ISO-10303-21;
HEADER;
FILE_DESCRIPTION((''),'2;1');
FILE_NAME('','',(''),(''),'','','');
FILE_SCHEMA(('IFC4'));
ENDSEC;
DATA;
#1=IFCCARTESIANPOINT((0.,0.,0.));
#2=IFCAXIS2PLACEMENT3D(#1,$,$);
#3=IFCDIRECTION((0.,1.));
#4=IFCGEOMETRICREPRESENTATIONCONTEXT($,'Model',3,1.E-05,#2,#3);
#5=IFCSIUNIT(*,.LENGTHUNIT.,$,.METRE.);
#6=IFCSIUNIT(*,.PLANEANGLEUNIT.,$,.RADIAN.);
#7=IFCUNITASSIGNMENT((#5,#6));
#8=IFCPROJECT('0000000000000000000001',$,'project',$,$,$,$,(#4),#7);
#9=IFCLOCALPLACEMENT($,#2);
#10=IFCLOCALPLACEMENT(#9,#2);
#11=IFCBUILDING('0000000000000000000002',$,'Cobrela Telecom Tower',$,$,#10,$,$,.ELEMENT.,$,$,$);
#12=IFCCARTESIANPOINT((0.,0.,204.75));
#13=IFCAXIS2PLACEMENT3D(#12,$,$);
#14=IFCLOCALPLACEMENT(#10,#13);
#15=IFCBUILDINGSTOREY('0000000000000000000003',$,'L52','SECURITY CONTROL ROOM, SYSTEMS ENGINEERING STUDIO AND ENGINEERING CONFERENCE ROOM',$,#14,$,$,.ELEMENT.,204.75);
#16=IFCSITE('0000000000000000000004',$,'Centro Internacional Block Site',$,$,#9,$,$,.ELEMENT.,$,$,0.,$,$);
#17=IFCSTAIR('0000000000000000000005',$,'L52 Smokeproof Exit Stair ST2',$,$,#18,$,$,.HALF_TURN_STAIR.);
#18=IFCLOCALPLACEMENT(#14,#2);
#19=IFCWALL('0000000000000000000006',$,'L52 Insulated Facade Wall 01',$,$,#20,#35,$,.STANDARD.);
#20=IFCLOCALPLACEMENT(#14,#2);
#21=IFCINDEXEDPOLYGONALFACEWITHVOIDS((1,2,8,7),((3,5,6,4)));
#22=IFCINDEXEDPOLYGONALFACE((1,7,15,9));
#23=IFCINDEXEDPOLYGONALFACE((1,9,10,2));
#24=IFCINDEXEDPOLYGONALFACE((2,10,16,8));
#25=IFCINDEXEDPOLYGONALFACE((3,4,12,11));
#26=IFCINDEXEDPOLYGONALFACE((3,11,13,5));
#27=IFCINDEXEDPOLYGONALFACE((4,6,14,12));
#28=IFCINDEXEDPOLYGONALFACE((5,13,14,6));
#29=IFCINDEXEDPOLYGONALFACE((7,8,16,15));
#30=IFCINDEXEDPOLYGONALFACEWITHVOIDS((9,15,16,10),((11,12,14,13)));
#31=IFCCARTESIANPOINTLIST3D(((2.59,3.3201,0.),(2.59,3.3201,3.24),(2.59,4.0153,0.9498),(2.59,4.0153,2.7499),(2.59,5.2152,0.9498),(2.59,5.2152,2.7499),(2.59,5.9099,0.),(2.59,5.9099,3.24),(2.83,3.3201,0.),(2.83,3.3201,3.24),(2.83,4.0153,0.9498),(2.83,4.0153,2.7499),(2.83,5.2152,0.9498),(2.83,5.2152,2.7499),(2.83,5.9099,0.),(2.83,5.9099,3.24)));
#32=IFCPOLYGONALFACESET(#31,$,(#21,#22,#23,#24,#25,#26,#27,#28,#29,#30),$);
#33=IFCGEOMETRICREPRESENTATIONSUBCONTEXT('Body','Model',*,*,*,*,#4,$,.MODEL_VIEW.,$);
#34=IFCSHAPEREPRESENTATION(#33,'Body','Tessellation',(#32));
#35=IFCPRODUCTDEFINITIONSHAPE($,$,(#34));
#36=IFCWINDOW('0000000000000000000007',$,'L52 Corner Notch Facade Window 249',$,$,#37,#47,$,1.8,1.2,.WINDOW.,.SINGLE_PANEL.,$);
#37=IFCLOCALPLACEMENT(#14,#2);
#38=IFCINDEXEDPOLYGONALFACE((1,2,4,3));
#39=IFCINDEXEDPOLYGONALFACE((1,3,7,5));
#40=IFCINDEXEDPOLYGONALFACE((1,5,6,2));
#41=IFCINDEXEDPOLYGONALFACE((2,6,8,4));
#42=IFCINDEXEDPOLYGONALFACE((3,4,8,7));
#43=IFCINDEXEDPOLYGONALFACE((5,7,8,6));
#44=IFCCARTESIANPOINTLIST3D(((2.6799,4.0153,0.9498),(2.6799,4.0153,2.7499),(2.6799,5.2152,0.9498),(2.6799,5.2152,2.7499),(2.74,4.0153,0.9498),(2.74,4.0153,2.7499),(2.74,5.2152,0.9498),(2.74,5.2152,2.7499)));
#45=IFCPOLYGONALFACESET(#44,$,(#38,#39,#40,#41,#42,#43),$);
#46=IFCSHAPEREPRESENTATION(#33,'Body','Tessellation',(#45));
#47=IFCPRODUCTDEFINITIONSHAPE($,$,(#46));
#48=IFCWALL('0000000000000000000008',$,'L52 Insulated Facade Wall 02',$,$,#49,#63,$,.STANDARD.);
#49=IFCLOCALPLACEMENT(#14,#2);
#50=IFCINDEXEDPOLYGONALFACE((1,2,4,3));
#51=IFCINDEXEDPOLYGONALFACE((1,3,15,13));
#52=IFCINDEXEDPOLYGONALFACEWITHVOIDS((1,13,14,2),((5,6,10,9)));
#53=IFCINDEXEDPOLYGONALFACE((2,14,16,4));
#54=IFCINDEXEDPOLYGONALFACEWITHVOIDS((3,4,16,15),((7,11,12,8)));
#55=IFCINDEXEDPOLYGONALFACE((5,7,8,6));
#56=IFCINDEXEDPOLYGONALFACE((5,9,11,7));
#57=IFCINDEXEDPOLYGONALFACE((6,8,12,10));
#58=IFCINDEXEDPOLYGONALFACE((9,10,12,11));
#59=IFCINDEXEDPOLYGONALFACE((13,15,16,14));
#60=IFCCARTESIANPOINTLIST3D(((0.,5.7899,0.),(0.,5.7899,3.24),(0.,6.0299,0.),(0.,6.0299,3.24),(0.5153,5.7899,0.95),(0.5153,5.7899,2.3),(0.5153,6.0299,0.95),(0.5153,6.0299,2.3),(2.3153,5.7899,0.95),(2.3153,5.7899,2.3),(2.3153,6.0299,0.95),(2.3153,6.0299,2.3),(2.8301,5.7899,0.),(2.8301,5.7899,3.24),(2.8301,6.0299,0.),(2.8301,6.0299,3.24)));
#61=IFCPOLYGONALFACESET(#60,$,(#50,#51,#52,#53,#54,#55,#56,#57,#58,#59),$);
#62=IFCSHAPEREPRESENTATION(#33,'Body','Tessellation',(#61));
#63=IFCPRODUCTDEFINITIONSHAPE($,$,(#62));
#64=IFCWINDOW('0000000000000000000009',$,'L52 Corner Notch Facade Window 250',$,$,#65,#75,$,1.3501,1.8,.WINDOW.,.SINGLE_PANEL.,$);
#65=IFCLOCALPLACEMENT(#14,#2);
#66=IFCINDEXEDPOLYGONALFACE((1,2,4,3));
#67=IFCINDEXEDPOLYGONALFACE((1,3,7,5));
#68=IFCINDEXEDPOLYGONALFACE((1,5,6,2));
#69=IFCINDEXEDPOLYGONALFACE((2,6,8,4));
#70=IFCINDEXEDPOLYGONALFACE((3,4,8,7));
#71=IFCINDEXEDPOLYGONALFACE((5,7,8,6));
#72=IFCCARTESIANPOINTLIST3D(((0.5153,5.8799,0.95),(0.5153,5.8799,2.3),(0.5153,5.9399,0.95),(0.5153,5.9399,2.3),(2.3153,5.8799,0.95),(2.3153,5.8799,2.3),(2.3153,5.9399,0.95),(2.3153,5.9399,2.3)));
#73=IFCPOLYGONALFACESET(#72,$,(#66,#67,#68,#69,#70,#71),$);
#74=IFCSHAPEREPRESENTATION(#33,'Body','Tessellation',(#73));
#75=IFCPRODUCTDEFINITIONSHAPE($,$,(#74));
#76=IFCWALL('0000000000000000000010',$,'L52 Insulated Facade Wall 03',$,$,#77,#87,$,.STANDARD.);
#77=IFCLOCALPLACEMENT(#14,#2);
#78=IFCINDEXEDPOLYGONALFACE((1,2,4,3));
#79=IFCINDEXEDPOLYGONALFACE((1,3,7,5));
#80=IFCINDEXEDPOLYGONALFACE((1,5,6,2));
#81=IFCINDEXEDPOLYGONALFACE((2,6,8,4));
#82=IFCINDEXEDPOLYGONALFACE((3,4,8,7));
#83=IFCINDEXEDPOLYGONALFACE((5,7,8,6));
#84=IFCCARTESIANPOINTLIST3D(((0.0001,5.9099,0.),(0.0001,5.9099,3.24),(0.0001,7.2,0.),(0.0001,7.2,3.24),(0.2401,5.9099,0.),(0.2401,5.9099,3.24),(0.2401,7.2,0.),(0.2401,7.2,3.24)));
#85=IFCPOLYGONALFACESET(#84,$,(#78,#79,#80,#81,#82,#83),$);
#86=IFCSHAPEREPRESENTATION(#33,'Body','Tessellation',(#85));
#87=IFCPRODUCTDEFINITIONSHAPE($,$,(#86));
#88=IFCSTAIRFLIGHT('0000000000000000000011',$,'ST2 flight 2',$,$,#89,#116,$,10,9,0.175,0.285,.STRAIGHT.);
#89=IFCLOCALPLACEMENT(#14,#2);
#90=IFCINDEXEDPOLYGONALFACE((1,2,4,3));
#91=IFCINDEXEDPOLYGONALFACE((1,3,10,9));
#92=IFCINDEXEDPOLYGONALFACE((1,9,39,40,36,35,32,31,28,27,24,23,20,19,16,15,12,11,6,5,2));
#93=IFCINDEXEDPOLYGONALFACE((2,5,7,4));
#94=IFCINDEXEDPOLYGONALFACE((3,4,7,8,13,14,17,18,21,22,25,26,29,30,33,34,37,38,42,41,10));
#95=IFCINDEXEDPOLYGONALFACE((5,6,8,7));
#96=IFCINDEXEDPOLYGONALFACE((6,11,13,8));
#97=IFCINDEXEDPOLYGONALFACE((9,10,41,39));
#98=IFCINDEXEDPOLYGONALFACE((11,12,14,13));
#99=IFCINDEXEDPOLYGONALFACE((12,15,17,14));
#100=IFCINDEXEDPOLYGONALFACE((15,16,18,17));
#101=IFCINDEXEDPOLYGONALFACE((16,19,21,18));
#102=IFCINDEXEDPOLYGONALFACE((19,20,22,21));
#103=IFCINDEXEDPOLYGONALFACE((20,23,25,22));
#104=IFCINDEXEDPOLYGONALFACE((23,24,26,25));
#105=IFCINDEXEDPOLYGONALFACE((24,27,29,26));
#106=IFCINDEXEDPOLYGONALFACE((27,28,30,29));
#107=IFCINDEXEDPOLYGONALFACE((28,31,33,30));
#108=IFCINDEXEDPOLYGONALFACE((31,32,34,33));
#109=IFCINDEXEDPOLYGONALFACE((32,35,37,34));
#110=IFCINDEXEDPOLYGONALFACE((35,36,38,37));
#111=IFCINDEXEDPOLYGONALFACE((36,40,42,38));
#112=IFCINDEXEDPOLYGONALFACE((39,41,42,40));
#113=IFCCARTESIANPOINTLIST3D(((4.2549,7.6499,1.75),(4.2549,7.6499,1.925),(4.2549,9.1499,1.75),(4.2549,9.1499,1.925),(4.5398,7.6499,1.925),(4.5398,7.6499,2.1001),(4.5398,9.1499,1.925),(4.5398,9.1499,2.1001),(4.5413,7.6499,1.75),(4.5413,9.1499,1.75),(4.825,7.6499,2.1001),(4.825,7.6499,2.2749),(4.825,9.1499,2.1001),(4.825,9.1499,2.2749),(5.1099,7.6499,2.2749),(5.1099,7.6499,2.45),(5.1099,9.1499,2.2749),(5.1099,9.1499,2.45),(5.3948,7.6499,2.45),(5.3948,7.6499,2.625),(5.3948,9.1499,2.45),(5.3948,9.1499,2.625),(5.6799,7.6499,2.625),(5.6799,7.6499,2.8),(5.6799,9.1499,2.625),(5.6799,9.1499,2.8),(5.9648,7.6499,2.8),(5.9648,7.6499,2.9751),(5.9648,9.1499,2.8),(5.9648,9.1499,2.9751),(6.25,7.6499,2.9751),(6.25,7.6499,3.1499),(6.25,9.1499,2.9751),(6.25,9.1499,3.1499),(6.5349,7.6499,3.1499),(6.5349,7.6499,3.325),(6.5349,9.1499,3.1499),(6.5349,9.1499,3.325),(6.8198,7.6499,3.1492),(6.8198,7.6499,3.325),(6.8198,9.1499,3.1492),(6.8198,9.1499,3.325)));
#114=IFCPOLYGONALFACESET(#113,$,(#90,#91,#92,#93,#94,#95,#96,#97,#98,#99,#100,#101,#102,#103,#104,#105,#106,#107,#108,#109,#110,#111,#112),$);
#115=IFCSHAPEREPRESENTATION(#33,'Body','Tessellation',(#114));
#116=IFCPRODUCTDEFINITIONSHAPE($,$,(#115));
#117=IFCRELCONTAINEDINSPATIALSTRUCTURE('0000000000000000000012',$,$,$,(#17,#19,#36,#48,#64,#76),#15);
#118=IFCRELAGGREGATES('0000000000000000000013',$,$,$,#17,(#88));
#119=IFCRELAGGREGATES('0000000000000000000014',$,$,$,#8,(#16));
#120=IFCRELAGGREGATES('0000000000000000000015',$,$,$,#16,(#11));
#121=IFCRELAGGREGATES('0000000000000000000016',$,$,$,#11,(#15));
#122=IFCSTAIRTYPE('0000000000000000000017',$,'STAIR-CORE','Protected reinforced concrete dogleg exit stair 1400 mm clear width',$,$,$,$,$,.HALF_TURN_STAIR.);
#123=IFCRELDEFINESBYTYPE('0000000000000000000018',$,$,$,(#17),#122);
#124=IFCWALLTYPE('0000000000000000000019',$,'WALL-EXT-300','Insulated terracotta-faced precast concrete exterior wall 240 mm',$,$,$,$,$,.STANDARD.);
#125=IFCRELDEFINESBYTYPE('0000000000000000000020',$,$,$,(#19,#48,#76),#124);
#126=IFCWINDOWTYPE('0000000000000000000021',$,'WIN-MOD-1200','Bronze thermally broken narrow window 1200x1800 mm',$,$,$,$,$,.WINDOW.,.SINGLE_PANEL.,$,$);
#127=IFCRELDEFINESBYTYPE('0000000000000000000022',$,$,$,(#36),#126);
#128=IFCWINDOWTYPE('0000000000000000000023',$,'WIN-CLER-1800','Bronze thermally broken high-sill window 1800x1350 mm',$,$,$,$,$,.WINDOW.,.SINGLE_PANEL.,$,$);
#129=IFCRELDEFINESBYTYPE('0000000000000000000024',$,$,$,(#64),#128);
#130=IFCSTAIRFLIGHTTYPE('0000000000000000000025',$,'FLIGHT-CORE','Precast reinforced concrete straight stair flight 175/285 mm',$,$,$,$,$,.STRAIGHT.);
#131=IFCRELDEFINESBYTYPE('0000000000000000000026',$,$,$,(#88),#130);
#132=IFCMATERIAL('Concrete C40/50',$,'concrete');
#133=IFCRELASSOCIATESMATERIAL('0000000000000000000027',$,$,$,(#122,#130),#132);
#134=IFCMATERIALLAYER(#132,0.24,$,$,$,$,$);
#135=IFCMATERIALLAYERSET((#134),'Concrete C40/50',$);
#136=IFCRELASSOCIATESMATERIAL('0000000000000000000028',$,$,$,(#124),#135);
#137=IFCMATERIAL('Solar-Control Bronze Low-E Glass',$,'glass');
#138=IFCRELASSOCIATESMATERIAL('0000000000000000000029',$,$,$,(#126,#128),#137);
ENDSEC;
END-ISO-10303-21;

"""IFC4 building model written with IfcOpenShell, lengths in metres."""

from ifc_helpers import new_model, si_unit, direction, frame, frame_2d, origin, place, context, subcontext, project, spatial, polyline, rectangle, outline, extrude, material, layer, layer_set, type_object, element, fill, aggregate, save


model = new_model("IFC4")

# Units and contexts
model_context = context("Model", 3, precision=1e-05, world=origin(), true_north=direction((0.0, 1.0)))
body_context = subcontext(model_context, "Body", "Model", "MODEL_VIEW")
ifc_project = project(units=[si_unit("LENGTHUNIT", "METRE"), si_unit("PLANEANGLEUNIT", "RADIAN")], contexts=[model_context])

# Site, building, storey
site_placement = place(None, origin())
site = spatial("IfcSite", under=ifc_project, at=site_placement, Name="Centro Internacional Block Site", CompositionType="ELEMENT", RefElevation=0.0)
building_placement = place(site_placement, origin())
building = spatial("IfcBuilding", under=site, at=building_placement, Name="Cobrela Telecom Tower", CompositionType="ELEMENT")
storey_placement = place(building_placement, frame((0.0, 0.0, 204.75)))
storey = spatial("IfcBuildingStorey", under=building, at=storey_placement, Name="L52", Description="SECURITY CONTROL ROOM, SYSTEMS ENGINEERING STUDIO AND ENGINEERING CONFERENCE ROOM", CompositionType="ELEMENT", Elevation=204.75)

# Shared definitions
ifc_material_1 = material(Name="Solar-Control Bronze Low-E Glass", Category="glass")

# Shared definitions
ifc_material_2 = material(Name="Concrete C40/50", Category="concrete")

# Stair
stair_type = type_object("IfcStairType", Name="STAIR-CORE", Description="Protected reinforced concrete dogleg exit stair 1400 mm clear width", PredefinedType="HALF_TURN_STAIR", material=ifc_material_2)
stair_1_placement = place(storey_placement, origin())
stair_1 = element("IfcStair", 1, at=stair_1_placement, inside=storey, type_object=stair_type, Name="L52 Smokeproof Exit Stair ST2", PredefinedType="HALF_TURN_STAIR")

# Walls, openings, windows
ifc_layer_1 = layer(ifc_material_2, 0.24)
ifc_layer_set_1 = layer_set([ifc_layer_1], Name="Concrete C40/50")
wall_type_1 = type_object("IfcWallType", Name="WALL-EXT-300", Description="Insulated terracotta-faced precast concrete exterior wall 240 mm", PredefinedType="STANDARD", material=ifc_layer_set_1)
wall_1_placement = place(storey_placement, frame((2.71, 3.3201, 0.0), z_axis=(0.0, 0.0, 1.0), x_axis=(0.0, 1.0, 0.0)))
wall_1 = element("IfcWall", 2, at=wall_1_placement, inside=storey, type_object=wall_type_1, Name="L52 Insulated Facade Wall 01", PredefinedType="STANDARD", context=body_context, shape_type="SweptSolid", body=[
    extrude(rectangle(XDim=2.5898, YDim=0.24, at=frame_2d((1.2949, 0.0))), origin(), (0.0, 0.0, 1.0), 3.24),
])
opening_1_placement = place(wall_1_placement, frame((0.6951, 0.0, 0.95)))
opening_1 = element("IfcOpeningElement", 3, at=opening_1_placement, cuts=wall_1, PredefinedType="OPENING", context=body_context, shape_type="SweptSolid", body=[
    extrude(rectangle(XDim=1.2, YDim=1.8, at=frame_2d((0.6001, 0.8999))), frame((0.0, 0.1318, 0.0), z_axis=(0.0, -1.0, 0.0), x_axis=(1.0, 0.0, 0.0)), (0.0, 0.0, 1.0), 0.2639),
])
window_type_1 = type_object("IfcWindowType", Name="WIN-MOD-1200", Description="Bronze thermally broken narrow window 1200x1800 mm", PartitioningType="SINGLE_PANEL", PredefinedType="WINDOW", material=ifc_material_1)
window_1_placement = place(opening_1_placement, origin())
window_1 = element("IfcWindow", 4, at=window_1_placement, inside=storey, type_object=window_type_1, Name="L52 Corner Notch Facade Window 249", OverallHeight=1.8, OverallWidth=1.2, PartitioningType="SINGLE_PANEL", PredefinedType="WINDOW", context=body_context, shape_type="SweptSolid", body=[
    extrude(rectangle(XDim=1.2, YDim=1.8, at=frame_2d((0.6001, 0.8999))), frame((0.0, 0.03, 0.0), z_axis=(0.0, -1.0, 0.0), x_axis=(1.0, 0.0, 0.0)), (0.0, 0.0, 1.0), 0.0601),
])
fill(opening_1, window_1)
wall_2_placement = place(storey_placement, frame((2.8301, 5.9099, 0.0), z_axis=(0.0, 0.0, 1.0), x_axis=(-1.0, 0.0, 0.0)))
wall_2 = element("IfcWall", 5, at=wall_2_placement, inside=storey, type_object=wall_type_1, Name="L52 Insulated Facade Wall 02", PredefinedType="STANDARD", context=body_context, shape_type="SweptSolid", body=[
    extrude(rectangle(XDim=2.8301, YDim=0.24, at=frame_2d((1.415, 0.0))), origin(), (0.0, 0.0, 1.0), 3.24),
])
opening_2_placement = place(wall_2_placement, frame((0.5149, 0.0, 0.95)))
opening_2 = element("IfcOpeningElement", 6, at=opening_2_placement, cuts=wall_2, PredefinedType="OPENING", context=body_context, shape_type="SweptSolid", body=[
    extrude(rectangle(XDim=1.8, YDim=1.3501, at=frame_2d((0.8999, 0.675))), frame((0.0, 0.1318, 0.0), z_axis=(0.0, -1.0, 0.0), x_axis=(1.0, 0.0, 0.0)), (0.0, 0.0, 1.0), 0.2639),
])
window_type_2 = type_object("IfcWindowType", Name="WIN-CLER-1800", Description="Bronze thermally broken high-sill window 1800x1350 mm", PartitioningType="SINGLE_PANEL", PredefinedType="WINDOW", material=ifc_material_1)
window_2_placement = place(opening_2_placement, origin())
window_2 = element("IfcWindow", 7, at=window_2_placement, inside=storey, type_object=window_type_2, Name="L52 Corner Notch Facade Window 250", OverallHeight=1.3501, OverallWidth=1.8, PartitioningType="SINGLE_PANEL", PredefinedType="WINDOW", context=body_context, shape_type="SweptSolid", body=[
    extrude(rectangle(XDim=1.8, YDim=1.3501, at=frame_2d((0.8999, 0.675))), frame((0.0, 0.03, 0.0), z_axis=(0.0, -1.0, 0.0), x_axis=(1.0, 0.0, 0.0)), (0.0, 0.0, 1.0), 0.0601),
])
fill(opening_2, window_2)

# Wall
wall_3_placement = place(storey_placement, frame((0.1201, 5.9099, 0.0), z_axis=(0.0, 0.0, 1.0), x_axis=(0.0, 1.0, 0.0)))
element("IfcWall", 8, at=wall_3_placement, inside=storey, type_object=wall_type_1, Name="L52 Insulated Facade Wall 03", PredefinedType="STANDARD", context=body_context, shape_type="SweptSolid", body=[
    extrude(rectangle(XDim=1.29, YDim=0.24, at=frame_2d((0.645, 0.0))), origin(), (0.0, 0.0, 1.0), 3.24),
])

# Stair flight
stair_flight_type = type_object("IfcStairFlightType", Name="FLIGHT-CORE", Description="Precast reinforced concrete straight stair flight 175/285 mm", PredefinedType="STRAIGHT", material=ifc_material_2)
stair_flight_placement = place(storey_placement, frame((4.2549, 8.3999, 1.75), z_axis=(0.0, 0.0, 1.0), x_axis=(1.0, 0.0, 0.0)))
stair_flight = element("IfcStairFlight", 9, at=stair_flight_placement, type_object=stair_flight_type, Name="ST2 flight 2", NumberOfRisers=10, NumberOfTreads=9, PredefinedType="STRAIGHT", RiserHeight=0.175, TreadLength=0.285, context=body_context, shape_type="SweptSolid", body=[
    extrude(outline(polyline([(0.0, 0.0), (0.0, 0.175), (0.2849, 0.175), (0.2849, 0.3501), (0.5701, 0.3501), (0.5701, 0.5249), (0.855, 0.5249), (0.855, 0.7), (1.1399, 0.7), (1.1399, 0.875), (1.425, 0.875), (1.425, 1.05), (1.71, 1.05), (1.71, 1.2251), (1.9951, 1.2251), (1.9951, 1.3999), (2.28, 1.3999), (2.28, 1.575), (2.5649, 1.575), (2.5649, 1.75), (2.5649, 1.3992), (0.2864, 0.0), (0.0, 0.0)])), frame((0.0, 0.75, 0.0), z_axis=(0.0, -1.0, 0.0), x_axis=(1.0, 0.0, 0.0)), (0.0, 0.0, 1.0), 1.5),
])
aggregate(stair_1, [stair_flight])

save(model, "model.ifc")
